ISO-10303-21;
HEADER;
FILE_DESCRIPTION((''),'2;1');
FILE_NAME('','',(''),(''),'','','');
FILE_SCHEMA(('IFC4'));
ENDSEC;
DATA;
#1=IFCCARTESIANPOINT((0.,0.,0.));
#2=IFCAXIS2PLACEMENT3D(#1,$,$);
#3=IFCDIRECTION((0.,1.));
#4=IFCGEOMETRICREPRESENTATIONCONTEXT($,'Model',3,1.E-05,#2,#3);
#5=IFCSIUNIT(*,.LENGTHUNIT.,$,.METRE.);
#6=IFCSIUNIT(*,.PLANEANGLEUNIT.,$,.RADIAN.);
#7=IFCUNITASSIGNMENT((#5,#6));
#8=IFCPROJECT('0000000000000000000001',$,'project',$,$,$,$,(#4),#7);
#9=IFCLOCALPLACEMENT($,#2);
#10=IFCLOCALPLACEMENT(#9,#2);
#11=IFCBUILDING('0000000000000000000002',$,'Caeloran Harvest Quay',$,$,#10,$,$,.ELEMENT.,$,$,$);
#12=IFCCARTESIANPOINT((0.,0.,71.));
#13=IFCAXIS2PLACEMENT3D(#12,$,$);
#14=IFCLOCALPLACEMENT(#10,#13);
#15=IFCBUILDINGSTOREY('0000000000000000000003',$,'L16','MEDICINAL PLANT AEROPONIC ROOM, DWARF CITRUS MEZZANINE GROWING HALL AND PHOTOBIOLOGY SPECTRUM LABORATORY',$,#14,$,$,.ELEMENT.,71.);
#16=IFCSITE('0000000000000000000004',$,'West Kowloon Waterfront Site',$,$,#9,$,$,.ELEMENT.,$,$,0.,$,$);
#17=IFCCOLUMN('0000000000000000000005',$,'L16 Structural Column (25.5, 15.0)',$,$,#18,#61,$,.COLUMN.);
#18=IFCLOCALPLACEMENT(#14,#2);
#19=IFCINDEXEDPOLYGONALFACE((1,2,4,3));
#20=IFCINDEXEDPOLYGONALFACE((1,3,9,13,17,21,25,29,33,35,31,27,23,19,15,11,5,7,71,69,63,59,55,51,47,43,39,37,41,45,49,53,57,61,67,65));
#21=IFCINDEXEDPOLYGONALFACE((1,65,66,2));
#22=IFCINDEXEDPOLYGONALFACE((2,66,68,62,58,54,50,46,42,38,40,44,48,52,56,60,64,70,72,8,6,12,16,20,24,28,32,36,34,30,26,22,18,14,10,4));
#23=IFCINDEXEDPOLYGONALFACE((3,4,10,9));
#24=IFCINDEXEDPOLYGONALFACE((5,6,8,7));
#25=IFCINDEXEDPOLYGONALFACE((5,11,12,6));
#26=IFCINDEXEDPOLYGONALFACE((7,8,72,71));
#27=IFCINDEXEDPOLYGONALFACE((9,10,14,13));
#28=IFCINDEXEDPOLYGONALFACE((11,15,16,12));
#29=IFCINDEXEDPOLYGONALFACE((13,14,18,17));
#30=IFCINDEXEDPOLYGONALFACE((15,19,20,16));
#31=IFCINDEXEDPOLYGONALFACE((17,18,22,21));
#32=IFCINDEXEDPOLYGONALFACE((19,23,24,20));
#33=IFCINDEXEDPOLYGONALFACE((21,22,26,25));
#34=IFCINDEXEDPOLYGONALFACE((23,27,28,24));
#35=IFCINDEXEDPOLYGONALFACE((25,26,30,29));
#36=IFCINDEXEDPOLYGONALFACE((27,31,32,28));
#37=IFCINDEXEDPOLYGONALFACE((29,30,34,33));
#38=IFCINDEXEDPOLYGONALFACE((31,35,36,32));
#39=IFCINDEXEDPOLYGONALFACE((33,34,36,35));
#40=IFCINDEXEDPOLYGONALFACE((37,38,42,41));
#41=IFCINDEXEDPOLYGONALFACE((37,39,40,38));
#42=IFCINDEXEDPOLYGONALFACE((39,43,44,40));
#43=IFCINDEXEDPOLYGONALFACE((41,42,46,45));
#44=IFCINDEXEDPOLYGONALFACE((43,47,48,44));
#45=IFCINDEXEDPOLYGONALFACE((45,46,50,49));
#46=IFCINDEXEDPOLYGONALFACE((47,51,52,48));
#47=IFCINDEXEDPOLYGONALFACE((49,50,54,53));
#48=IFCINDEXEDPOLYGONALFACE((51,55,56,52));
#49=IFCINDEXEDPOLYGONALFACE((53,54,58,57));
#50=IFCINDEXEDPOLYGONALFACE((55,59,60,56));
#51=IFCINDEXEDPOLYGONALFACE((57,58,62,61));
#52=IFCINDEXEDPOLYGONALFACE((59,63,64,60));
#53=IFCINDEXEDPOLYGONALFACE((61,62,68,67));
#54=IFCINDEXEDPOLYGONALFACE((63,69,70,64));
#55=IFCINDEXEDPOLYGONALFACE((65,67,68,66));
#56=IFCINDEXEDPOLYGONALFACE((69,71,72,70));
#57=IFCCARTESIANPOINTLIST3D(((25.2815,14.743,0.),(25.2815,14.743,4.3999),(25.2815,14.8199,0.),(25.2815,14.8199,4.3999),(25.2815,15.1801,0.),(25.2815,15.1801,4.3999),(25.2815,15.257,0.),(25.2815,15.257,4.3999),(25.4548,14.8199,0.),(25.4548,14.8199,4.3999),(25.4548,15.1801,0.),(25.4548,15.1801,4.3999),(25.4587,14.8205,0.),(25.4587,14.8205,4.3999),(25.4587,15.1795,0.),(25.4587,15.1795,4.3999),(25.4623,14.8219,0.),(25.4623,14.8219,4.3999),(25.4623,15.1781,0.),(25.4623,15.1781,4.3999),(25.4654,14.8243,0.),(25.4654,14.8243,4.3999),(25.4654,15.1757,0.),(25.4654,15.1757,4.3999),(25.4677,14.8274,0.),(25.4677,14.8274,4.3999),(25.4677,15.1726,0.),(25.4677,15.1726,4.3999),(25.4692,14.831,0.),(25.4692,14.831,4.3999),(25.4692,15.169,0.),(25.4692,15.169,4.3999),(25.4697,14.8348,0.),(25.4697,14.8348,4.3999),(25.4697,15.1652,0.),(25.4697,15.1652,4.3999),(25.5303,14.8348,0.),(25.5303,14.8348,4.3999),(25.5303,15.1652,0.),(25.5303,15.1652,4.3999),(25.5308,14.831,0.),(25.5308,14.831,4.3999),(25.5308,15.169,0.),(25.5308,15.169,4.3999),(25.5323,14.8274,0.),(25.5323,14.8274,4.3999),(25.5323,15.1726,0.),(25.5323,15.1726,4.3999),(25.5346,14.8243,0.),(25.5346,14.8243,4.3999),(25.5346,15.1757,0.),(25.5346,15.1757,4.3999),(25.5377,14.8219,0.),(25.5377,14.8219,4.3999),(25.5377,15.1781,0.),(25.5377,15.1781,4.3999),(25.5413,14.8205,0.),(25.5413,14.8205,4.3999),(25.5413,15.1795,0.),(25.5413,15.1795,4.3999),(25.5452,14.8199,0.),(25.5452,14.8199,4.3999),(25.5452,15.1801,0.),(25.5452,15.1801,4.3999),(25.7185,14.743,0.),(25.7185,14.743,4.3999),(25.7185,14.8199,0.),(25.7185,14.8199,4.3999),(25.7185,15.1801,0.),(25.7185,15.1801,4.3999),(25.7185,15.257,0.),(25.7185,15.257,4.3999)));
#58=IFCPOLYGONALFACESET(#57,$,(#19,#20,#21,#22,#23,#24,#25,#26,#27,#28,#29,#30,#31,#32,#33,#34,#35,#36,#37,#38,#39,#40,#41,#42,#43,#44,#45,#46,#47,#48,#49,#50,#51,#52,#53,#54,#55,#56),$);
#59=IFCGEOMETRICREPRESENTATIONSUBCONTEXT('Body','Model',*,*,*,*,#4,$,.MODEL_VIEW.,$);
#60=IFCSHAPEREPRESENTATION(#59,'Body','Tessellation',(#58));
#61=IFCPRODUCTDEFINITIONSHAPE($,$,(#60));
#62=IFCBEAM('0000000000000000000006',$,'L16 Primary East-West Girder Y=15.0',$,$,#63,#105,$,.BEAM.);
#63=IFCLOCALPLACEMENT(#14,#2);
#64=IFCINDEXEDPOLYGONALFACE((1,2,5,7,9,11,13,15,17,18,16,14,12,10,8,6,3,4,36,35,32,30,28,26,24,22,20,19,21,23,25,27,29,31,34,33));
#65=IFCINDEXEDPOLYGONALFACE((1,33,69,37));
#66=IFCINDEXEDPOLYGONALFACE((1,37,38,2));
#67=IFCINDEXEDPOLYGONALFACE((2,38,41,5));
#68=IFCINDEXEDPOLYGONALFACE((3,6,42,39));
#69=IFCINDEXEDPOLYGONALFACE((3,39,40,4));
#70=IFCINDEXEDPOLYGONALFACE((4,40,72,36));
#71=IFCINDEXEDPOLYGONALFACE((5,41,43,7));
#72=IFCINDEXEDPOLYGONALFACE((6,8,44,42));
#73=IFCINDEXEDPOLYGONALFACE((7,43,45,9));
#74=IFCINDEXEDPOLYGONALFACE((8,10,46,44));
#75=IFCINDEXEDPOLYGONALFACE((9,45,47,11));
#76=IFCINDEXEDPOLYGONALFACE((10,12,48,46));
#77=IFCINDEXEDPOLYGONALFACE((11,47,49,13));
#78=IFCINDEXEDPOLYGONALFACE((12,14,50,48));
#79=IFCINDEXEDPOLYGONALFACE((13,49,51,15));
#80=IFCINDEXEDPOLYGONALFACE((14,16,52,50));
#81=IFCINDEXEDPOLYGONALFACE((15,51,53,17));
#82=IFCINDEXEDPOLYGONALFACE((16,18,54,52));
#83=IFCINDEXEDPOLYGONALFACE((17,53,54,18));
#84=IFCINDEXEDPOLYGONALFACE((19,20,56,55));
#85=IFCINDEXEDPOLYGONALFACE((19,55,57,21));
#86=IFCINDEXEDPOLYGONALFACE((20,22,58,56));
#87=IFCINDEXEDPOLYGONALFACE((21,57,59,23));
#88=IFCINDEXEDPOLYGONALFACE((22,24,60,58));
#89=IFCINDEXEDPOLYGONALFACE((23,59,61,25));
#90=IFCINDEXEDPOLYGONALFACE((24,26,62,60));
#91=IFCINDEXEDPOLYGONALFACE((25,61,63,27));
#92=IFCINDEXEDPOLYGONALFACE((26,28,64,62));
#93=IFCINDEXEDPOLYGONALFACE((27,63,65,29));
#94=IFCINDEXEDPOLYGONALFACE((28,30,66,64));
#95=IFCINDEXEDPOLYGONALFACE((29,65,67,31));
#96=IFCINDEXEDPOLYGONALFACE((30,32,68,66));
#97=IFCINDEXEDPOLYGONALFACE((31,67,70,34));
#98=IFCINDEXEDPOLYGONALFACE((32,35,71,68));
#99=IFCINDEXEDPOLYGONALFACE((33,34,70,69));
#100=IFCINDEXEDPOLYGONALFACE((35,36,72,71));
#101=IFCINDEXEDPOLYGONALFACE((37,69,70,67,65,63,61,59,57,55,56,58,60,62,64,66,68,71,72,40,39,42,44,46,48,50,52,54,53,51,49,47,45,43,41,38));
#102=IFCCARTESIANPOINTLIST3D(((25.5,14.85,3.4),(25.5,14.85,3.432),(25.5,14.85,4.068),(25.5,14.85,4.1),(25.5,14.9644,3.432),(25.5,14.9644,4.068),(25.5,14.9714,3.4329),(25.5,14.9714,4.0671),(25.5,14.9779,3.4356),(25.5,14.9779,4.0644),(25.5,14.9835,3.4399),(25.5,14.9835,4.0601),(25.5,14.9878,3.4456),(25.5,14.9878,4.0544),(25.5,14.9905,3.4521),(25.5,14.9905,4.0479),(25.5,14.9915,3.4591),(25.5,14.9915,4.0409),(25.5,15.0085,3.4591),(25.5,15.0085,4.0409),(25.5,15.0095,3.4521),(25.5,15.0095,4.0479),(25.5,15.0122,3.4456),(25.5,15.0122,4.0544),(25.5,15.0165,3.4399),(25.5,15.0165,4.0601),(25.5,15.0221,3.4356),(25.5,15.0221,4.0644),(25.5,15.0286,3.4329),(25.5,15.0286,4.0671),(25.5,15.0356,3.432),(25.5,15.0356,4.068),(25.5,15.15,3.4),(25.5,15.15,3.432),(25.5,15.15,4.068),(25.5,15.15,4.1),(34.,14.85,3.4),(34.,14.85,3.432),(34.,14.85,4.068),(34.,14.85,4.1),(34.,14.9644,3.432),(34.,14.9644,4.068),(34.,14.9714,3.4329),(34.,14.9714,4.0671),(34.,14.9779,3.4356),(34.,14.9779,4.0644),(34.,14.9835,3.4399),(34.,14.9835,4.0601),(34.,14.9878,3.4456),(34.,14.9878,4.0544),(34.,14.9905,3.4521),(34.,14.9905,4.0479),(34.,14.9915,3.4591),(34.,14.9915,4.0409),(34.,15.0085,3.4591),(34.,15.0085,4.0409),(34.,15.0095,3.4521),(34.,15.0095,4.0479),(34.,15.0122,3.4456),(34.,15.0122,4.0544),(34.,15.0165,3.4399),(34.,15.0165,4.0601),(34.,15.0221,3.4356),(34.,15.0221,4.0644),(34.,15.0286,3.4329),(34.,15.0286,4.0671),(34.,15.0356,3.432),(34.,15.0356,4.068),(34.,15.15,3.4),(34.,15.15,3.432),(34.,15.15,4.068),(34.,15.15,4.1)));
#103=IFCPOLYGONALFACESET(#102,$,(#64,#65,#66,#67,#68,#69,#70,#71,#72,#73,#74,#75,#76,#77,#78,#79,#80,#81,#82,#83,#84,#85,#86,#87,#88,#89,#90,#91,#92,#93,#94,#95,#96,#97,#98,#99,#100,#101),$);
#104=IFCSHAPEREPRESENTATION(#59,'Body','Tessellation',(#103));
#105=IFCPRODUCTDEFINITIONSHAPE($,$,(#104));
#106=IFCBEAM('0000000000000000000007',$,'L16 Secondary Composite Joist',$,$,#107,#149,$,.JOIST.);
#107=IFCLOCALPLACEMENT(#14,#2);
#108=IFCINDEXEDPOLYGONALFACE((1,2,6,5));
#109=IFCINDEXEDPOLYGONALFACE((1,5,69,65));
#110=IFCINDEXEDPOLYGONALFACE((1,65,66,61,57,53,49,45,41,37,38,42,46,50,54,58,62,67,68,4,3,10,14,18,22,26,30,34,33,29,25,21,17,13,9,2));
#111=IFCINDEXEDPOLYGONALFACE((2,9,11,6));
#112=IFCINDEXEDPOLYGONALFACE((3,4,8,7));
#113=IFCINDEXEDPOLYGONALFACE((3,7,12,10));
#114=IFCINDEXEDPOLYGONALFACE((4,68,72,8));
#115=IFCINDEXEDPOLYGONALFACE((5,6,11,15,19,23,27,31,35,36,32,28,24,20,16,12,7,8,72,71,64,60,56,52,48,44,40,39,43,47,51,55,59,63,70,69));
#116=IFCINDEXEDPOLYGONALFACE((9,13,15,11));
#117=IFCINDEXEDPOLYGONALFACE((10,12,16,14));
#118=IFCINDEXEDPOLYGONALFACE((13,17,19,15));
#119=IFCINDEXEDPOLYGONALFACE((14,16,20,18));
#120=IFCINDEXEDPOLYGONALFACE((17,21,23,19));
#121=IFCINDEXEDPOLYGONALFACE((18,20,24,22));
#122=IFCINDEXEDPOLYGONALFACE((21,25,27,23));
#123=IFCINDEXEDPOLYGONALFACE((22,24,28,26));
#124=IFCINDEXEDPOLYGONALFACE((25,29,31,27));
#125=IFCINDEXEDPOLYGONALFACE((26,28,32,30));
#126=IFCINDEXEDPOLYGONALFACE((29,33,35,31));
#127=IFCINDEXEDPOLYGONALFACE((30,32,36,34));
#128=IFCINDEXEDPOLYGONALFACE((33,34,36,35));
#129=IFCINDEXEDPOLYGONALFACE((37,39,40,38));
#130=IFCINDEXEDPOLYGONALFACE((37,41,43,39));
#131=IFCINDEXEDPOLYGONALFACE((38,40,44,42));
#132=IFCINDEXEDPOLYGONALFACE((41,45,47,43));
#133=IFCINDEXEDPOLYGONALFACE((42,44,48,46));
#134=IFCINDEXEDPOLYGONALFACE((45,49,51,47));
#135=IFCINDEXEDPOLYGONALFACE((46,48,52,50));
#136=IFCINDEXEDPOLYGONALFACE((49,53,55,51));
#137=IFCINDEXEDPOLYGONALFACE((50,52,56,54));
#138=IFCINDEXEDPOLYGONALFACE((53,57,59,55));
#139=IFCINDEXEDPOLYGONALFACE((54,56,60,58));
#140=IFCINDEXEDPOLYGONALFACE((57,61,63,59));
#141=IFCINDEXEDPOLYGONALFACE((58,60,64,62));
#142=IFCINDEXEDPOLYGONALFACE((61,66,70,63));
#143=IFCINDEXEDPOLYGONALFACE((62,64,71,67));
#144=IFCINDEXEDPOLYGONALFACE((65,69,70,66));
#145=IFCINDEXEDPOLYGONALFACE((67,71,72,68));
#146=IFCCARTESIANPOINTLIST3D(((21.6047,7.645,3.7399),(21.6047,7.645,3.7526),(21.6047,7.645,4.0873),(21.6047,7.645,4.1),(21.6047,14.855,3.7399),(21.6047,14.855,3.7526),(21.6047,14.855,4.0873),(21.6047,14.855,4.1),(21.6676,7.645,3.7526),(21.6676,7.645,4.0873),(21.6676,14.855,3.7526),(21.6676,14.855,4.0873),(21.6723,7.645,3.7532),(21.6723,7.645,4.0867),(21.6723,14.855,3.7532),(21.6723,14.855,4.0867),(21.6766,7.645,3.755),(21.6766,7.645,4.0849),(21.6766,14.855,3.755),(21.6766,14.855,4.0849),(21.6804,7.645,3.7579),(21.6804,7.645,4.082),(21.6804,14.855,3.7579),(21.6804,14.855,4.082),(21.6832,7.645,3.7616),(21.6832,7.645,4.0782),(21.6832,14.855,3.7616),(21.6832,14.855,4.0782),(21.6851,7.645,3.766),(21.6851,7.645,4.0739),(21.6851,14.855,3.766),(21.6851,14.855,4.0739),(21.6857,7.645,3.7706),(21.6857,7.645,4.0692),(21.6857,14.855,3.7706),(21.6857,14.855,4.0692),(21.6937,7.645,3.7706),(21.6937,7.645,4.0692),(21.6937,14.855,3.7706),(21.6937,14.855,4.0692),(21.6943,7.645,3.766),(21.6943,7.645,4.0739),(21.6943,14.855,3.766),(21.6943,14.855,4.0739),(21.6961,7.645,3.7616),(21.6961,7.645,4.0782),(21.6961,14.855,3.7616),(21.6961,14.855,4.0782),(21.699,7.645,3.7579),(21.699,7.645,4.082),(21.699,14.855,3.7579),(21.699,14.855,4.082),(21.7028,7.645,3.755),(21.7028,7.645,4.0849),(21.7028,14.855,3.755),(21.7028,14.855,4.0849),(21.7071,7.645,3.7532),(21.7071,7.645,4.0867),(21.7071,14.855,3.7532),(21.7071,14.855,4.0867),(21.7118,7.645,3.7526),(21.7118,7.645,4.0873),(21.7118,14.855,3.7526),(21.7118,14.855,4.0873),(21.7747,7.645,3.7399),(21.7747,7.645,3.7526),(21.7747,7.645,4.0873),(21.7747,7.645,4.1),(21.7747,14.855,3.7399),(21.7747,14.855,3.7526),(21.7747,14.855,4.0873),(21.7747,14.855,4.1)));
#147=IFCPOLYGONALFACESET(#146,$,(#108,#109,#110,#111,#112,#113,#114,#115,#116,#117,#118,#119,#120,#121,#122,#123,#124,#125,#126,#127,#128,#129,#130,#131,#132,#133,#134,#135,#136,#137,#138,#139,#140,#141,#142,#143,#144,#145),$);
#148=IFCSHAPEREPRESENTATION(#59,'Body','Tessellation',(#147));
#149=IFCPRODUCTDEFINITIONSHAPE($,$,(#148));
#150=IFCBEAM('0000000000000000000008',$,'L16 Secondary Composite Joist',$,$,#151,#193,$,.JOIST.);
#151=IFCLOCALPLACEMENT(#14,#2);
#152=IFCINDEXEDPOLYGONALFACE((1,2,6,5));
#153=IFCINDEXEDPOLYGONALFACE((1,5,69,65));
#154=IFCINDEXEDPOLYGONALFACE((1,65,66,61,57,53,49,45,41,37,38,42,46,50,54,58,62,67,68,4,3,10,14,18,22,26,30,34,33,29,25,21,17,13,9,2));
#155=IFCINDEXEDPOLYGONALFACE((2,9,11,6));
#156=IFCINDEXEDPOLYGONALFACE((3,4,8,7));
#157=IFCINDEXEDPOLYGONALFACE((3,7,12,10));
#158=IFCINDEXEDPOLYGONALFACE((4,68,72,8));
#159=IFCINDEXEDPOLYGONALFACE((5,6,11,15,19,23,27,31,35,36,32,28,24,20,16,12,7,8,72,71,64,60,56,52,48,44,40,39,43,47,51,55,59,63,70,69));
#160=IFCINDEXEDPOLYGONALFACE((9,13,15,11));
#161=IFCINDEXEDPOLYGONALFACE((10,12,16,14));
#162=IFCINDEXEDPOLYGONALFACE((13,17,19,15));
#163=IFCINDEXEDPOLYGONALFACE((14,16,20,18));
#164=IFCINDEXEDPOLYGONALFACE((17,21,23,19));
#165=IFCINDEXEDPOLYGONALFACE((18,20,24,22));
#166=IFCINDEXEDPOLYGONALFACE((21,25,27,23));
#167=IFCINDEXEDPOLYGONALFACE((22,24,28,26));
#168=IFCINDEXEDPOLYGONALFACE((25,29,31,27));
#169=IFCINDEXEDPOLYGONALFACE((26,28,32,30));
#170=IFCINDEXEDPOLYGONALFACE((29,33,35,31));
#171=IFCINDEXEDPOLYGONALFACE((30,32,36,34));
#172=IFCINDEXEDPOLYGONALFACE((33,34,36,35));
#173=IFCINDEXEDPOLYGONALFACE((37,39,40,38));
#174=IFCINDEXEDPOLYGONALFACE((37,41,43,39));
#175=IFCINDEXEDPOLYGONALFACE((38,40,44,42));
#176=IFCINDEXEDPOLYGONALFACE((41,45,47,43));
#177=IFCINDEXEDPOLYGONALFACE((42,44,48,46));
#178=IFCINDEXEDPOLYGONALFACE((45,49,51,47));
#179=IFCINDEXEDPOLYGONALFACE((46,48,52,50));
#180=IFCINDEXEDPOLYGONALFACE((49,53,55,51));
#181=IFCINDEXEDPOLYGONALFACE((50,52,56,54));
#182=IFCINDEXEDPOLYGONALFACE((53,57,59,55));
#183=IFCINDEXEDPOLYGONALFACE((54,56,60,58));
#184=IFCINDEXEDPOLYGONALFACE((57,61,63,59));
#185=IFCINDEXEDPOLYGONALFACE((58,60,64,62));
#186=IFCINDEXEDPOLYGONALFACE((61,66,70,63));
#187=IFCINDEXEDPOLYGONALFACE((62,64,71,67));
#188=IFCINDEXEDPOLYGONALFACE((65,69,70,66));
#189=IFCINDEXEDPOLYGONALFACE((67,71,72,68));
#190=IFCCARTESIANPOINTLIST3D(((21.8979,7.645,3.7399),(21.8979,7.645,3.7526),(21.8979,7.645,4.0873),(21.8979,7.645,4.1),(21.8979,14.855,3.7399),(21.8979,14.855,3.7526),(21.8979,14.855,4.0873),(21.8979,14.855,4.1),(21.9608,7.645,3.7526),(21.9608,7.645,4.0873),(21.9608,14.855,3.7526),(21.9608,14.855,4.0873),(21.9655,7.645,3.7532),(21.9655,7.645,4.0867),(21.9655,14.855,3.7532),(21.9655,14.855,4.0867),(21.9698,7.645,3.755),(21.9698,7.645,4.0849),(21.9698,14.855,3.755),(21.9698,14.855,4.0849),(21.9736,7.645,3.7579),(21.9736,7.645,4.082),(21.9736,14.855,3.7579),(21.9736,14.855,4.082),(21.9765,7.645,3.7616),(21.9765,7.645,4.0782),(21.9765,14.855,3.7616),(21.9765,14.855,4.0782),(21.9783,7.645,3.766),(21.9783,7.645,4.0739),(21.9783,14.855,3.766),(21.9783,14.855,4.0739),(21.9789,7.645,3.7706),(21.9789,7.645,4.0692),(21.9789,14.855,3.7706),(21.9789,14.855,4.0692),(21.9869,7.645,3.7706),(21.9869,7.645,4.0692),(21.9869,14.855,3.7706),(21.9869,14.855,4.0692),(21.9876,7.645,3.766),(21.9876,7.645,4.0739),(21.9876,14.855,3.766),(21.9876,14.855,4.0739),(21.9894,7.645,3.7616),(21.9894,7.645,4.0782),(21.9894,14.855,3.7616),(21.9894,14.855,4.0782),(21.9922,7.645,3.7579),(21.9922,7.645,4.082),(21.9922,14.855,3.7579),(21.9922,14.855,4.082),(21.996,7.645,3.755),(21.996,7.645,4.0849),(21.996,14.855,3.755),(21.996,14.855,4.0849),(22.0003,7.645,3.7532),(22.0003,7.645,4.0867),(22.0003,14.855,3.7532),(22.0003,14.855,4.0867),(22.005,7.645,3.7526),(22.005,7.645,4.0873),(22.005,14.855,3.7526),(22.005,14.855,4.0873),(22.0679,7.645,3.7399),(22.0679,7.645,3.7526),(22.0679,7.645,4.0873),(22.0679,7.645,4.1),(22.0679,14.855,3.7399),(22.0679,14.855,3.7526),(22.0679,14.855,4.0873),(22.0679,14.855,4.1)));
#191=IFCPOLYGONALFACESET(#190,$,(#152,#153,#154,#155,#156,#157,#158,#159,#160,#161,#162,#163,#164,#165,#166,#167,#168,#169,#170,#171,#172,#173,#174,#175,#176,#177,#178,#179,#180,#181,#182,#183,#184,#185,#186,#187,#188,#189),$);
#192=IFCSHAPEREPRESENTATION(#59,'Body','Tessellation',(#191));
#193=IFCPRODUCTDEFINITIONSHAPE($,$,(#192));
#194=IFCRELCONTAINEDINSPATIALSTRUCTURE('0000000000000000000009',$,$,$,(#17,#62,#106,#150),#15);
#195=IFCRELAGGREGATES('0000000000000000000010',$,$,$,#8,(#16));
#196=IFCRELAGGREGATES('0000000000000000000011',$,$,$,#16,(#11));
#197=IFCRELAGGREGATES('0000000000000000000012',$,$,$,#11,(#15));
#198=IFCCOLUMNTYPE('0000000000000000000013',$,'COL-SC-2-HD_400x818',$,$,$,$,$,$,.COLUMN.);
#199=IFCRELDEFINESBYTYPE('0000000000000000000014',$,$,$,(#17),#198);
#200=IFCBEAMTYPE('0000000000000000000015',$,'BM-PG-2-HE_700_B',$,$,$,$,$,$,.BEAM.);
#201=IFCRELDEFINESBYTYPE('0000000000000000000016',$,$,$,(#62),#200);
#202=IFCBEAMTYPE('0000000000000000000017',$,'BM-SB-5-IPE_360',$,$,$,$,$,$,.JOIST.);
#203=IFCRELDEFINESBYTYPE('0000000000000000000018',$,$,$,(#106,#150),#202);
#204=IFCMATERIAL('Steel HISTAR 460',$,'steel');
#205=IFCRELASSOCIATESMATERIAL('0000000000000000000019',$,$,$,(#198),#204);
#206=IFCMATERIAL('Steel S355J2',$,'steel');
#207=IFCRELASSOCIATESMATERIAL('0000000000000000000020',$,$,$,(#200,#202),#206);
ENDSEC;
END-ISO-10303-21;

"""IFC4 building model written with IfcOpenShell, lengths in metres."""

from ifc_helpers import new_model, si_unit, direction, frame, origin, origin_2d, place, context, subcontext, project, spatial, i_section, extrude, material, material_profile, profile_set, type_object, element, save


model = new_model("IFC4")

# Units and contexts
model_context = context("Model", 3, precision=1e-05, world=origin(), true_north=direction((0.0, 1.0)))
body_context = subcontext(model_context, "Body", "Model", "MODEL_VIEW")
ifc_project = project(units=[si_unit("LENGTHUNIT", "METRE"), si_unit("PLANEANGLEUNIT", "RADIAN")], contexts=[model_context])

# Site, building, storey
site_placement = place(None, origin())
site = spatial("IfcSite", under=ifc_project, at=site_placement, Name="West Kowloon Waterfront Site", CompositionType="ELEMENT", RefElevation=0.0)
building_placement = place(site_placement, origin())
building = spatial("IfcBuilding", under=site, at=building_placement, Name="Caeloran Harvest Quay", CompositionType="ELEMENT")
storey_placement = place(building_placement, frame((0.0, 0.0, 71.0)))
storey = spatial("IfcBuildingStorey", under=building, at=storey_placement, Name="L16", Description="MEDICINAL PLANT AEROPONIC ROOM, DWARF CITRUS MEZZANINE GROWING HALL AND PHOTOBIOLOGY SPECTRUM LABORATORY", CompositionType="ELEMENT", Elevation=71.0)

# Column
ifc_material_1 = material(Name="Steel HISTAR 460", Category="steel")
ifc_material_profile_1 = material_profile(ifc_material_1, i_section(OverallWidth=0.437, OverallDepth=0.5139, WebThickness=0.0605, FlangeThickness=0.0769, FilletRadius=0.0149, at=origin_2d()), Name="HD 400x818")
ifc_profile_set_1 = profile_set([ifc_material_profile_1], Name="Steel HISTAR 460")
column_type = type_object("IfcColumnType", Name="COL-SC-2-HD_400x818", PredefinedType="COLUMN", material=ifc_profile_set_1)
column_placement = place(storey_placement, frame((25.5, 15.0, 0.0), z_axis=(0.0, 0.0, 1.0), x_axis=(1.0, 0.0, 0.0)))
element("IfcColumn", 1, at=column_placement, inside=storey, type_object=column_type, Name="L16 Structural Column (25.5, 15.0)", PredefinedType="COLUMN", context=body_context, shape_type="SweptSolid", body=[
    extrude(i_section(OverallWidth=0.437, OverallDepth=0.5139, WebThickness=0.0605, FlangeThickness=0.0769, FilletRadius=0.0149, at=origin_2d()), origin(), (0.0, 0.0, 1.0), 4.3999),
])

# Beams
ifc_material_2 = material(Name="Steel S355J2", Category="steel")
ifc_material_profile_2 = material_profile(ifc_material_2, i_section(OverallWidth=0.3, OverallDepth=0.7, WebThickness=0.0171, FlangeThickness=0.032, FilletRadius=0.0271, at=origin_2d()), Name="HE 700 B")
ifc_profile_set_2 = profile_set([ifc_material_profile_2], Name="Steel S355J2")
beam_type_1 = type_object("IfcBeamType", Name="BM-PG-2-HE_700_B", PredefinedType="BEAM", material=ifc_profile_set_2)
beam_placement = place(storey_placement, frame((25.5, 15.0, 3.75), z_axis=(1.0, 0.0, 0.0), x_axis=(0.0, 1.0, 0.0)))
element("IfcBeam", 2, at=beam_placement, inside=storey, type_object=beam_type_1, Name="L16 Primary East-West Girder Y=15.0", PredefinedType="BEAM", context=body_context, shape_type="SweptSolid", body=[
    extrude(i_section(OverallWidth=0.3, OverallDepth=0.7, WebThickness=0.0171, FlangeThickness=0.032, FilletRadius=0.0271, at=origin_2d()), origin(), (0.0, 0.0, 1.0), 8.5),
])
ifc_material_profile_3 = material_profile(ifc_material_2, i_section(OverallWidth=0.1699, OverallDepth=0.3601, WebThickness=0.0081, FlangeThickness=0.0127, FilletRadius=0.0181, at=origin_2d()), Name="IPE 360")
ifc_profile_set_3 = profile_set([ifc_material_profile_3], Name="Steel S355J2")
beam_type_2 = type_object("IfcBeamType", Name="BM-SB-5-IPE_360", PredefinedType="JOIST", material=ifc_profile_set_3)
for number, where, z_axis, x_axis, name in (
    (3, (21.6897, 7.645, 3.9199), (0.0, 1.0, 0.0), (-1.0, 0.0, 0.0), "L16 Secondary Composite Joist"),
    (4, (21.9829, 7.645, 3.9199), (0.0, 1.0, 0.0), (-1.0, 0.0, 0.0), "L16 Secondary Composite Joist"),
):
    element("IfcBeam", number, at=place(storey_placement, frame(where, z_axis=z_axis, x_axis=x_axis)), inside=storey, type_object=beam_type_2, Name=name, PredefinedType="JOIST", context=body_context, shape_type="SweptSolid", body=[
        extrude(i_section(OverallWidth=0.1699, OverallDepth=0.3601, WebThickness=0.0081, FlangeThickness=0.0127, FilletRadius=0.0181, at=origin_2d()), origin(), (0.0, 0.0, 1.0), 7.21),
    ])

save(model, "model.ifc")
